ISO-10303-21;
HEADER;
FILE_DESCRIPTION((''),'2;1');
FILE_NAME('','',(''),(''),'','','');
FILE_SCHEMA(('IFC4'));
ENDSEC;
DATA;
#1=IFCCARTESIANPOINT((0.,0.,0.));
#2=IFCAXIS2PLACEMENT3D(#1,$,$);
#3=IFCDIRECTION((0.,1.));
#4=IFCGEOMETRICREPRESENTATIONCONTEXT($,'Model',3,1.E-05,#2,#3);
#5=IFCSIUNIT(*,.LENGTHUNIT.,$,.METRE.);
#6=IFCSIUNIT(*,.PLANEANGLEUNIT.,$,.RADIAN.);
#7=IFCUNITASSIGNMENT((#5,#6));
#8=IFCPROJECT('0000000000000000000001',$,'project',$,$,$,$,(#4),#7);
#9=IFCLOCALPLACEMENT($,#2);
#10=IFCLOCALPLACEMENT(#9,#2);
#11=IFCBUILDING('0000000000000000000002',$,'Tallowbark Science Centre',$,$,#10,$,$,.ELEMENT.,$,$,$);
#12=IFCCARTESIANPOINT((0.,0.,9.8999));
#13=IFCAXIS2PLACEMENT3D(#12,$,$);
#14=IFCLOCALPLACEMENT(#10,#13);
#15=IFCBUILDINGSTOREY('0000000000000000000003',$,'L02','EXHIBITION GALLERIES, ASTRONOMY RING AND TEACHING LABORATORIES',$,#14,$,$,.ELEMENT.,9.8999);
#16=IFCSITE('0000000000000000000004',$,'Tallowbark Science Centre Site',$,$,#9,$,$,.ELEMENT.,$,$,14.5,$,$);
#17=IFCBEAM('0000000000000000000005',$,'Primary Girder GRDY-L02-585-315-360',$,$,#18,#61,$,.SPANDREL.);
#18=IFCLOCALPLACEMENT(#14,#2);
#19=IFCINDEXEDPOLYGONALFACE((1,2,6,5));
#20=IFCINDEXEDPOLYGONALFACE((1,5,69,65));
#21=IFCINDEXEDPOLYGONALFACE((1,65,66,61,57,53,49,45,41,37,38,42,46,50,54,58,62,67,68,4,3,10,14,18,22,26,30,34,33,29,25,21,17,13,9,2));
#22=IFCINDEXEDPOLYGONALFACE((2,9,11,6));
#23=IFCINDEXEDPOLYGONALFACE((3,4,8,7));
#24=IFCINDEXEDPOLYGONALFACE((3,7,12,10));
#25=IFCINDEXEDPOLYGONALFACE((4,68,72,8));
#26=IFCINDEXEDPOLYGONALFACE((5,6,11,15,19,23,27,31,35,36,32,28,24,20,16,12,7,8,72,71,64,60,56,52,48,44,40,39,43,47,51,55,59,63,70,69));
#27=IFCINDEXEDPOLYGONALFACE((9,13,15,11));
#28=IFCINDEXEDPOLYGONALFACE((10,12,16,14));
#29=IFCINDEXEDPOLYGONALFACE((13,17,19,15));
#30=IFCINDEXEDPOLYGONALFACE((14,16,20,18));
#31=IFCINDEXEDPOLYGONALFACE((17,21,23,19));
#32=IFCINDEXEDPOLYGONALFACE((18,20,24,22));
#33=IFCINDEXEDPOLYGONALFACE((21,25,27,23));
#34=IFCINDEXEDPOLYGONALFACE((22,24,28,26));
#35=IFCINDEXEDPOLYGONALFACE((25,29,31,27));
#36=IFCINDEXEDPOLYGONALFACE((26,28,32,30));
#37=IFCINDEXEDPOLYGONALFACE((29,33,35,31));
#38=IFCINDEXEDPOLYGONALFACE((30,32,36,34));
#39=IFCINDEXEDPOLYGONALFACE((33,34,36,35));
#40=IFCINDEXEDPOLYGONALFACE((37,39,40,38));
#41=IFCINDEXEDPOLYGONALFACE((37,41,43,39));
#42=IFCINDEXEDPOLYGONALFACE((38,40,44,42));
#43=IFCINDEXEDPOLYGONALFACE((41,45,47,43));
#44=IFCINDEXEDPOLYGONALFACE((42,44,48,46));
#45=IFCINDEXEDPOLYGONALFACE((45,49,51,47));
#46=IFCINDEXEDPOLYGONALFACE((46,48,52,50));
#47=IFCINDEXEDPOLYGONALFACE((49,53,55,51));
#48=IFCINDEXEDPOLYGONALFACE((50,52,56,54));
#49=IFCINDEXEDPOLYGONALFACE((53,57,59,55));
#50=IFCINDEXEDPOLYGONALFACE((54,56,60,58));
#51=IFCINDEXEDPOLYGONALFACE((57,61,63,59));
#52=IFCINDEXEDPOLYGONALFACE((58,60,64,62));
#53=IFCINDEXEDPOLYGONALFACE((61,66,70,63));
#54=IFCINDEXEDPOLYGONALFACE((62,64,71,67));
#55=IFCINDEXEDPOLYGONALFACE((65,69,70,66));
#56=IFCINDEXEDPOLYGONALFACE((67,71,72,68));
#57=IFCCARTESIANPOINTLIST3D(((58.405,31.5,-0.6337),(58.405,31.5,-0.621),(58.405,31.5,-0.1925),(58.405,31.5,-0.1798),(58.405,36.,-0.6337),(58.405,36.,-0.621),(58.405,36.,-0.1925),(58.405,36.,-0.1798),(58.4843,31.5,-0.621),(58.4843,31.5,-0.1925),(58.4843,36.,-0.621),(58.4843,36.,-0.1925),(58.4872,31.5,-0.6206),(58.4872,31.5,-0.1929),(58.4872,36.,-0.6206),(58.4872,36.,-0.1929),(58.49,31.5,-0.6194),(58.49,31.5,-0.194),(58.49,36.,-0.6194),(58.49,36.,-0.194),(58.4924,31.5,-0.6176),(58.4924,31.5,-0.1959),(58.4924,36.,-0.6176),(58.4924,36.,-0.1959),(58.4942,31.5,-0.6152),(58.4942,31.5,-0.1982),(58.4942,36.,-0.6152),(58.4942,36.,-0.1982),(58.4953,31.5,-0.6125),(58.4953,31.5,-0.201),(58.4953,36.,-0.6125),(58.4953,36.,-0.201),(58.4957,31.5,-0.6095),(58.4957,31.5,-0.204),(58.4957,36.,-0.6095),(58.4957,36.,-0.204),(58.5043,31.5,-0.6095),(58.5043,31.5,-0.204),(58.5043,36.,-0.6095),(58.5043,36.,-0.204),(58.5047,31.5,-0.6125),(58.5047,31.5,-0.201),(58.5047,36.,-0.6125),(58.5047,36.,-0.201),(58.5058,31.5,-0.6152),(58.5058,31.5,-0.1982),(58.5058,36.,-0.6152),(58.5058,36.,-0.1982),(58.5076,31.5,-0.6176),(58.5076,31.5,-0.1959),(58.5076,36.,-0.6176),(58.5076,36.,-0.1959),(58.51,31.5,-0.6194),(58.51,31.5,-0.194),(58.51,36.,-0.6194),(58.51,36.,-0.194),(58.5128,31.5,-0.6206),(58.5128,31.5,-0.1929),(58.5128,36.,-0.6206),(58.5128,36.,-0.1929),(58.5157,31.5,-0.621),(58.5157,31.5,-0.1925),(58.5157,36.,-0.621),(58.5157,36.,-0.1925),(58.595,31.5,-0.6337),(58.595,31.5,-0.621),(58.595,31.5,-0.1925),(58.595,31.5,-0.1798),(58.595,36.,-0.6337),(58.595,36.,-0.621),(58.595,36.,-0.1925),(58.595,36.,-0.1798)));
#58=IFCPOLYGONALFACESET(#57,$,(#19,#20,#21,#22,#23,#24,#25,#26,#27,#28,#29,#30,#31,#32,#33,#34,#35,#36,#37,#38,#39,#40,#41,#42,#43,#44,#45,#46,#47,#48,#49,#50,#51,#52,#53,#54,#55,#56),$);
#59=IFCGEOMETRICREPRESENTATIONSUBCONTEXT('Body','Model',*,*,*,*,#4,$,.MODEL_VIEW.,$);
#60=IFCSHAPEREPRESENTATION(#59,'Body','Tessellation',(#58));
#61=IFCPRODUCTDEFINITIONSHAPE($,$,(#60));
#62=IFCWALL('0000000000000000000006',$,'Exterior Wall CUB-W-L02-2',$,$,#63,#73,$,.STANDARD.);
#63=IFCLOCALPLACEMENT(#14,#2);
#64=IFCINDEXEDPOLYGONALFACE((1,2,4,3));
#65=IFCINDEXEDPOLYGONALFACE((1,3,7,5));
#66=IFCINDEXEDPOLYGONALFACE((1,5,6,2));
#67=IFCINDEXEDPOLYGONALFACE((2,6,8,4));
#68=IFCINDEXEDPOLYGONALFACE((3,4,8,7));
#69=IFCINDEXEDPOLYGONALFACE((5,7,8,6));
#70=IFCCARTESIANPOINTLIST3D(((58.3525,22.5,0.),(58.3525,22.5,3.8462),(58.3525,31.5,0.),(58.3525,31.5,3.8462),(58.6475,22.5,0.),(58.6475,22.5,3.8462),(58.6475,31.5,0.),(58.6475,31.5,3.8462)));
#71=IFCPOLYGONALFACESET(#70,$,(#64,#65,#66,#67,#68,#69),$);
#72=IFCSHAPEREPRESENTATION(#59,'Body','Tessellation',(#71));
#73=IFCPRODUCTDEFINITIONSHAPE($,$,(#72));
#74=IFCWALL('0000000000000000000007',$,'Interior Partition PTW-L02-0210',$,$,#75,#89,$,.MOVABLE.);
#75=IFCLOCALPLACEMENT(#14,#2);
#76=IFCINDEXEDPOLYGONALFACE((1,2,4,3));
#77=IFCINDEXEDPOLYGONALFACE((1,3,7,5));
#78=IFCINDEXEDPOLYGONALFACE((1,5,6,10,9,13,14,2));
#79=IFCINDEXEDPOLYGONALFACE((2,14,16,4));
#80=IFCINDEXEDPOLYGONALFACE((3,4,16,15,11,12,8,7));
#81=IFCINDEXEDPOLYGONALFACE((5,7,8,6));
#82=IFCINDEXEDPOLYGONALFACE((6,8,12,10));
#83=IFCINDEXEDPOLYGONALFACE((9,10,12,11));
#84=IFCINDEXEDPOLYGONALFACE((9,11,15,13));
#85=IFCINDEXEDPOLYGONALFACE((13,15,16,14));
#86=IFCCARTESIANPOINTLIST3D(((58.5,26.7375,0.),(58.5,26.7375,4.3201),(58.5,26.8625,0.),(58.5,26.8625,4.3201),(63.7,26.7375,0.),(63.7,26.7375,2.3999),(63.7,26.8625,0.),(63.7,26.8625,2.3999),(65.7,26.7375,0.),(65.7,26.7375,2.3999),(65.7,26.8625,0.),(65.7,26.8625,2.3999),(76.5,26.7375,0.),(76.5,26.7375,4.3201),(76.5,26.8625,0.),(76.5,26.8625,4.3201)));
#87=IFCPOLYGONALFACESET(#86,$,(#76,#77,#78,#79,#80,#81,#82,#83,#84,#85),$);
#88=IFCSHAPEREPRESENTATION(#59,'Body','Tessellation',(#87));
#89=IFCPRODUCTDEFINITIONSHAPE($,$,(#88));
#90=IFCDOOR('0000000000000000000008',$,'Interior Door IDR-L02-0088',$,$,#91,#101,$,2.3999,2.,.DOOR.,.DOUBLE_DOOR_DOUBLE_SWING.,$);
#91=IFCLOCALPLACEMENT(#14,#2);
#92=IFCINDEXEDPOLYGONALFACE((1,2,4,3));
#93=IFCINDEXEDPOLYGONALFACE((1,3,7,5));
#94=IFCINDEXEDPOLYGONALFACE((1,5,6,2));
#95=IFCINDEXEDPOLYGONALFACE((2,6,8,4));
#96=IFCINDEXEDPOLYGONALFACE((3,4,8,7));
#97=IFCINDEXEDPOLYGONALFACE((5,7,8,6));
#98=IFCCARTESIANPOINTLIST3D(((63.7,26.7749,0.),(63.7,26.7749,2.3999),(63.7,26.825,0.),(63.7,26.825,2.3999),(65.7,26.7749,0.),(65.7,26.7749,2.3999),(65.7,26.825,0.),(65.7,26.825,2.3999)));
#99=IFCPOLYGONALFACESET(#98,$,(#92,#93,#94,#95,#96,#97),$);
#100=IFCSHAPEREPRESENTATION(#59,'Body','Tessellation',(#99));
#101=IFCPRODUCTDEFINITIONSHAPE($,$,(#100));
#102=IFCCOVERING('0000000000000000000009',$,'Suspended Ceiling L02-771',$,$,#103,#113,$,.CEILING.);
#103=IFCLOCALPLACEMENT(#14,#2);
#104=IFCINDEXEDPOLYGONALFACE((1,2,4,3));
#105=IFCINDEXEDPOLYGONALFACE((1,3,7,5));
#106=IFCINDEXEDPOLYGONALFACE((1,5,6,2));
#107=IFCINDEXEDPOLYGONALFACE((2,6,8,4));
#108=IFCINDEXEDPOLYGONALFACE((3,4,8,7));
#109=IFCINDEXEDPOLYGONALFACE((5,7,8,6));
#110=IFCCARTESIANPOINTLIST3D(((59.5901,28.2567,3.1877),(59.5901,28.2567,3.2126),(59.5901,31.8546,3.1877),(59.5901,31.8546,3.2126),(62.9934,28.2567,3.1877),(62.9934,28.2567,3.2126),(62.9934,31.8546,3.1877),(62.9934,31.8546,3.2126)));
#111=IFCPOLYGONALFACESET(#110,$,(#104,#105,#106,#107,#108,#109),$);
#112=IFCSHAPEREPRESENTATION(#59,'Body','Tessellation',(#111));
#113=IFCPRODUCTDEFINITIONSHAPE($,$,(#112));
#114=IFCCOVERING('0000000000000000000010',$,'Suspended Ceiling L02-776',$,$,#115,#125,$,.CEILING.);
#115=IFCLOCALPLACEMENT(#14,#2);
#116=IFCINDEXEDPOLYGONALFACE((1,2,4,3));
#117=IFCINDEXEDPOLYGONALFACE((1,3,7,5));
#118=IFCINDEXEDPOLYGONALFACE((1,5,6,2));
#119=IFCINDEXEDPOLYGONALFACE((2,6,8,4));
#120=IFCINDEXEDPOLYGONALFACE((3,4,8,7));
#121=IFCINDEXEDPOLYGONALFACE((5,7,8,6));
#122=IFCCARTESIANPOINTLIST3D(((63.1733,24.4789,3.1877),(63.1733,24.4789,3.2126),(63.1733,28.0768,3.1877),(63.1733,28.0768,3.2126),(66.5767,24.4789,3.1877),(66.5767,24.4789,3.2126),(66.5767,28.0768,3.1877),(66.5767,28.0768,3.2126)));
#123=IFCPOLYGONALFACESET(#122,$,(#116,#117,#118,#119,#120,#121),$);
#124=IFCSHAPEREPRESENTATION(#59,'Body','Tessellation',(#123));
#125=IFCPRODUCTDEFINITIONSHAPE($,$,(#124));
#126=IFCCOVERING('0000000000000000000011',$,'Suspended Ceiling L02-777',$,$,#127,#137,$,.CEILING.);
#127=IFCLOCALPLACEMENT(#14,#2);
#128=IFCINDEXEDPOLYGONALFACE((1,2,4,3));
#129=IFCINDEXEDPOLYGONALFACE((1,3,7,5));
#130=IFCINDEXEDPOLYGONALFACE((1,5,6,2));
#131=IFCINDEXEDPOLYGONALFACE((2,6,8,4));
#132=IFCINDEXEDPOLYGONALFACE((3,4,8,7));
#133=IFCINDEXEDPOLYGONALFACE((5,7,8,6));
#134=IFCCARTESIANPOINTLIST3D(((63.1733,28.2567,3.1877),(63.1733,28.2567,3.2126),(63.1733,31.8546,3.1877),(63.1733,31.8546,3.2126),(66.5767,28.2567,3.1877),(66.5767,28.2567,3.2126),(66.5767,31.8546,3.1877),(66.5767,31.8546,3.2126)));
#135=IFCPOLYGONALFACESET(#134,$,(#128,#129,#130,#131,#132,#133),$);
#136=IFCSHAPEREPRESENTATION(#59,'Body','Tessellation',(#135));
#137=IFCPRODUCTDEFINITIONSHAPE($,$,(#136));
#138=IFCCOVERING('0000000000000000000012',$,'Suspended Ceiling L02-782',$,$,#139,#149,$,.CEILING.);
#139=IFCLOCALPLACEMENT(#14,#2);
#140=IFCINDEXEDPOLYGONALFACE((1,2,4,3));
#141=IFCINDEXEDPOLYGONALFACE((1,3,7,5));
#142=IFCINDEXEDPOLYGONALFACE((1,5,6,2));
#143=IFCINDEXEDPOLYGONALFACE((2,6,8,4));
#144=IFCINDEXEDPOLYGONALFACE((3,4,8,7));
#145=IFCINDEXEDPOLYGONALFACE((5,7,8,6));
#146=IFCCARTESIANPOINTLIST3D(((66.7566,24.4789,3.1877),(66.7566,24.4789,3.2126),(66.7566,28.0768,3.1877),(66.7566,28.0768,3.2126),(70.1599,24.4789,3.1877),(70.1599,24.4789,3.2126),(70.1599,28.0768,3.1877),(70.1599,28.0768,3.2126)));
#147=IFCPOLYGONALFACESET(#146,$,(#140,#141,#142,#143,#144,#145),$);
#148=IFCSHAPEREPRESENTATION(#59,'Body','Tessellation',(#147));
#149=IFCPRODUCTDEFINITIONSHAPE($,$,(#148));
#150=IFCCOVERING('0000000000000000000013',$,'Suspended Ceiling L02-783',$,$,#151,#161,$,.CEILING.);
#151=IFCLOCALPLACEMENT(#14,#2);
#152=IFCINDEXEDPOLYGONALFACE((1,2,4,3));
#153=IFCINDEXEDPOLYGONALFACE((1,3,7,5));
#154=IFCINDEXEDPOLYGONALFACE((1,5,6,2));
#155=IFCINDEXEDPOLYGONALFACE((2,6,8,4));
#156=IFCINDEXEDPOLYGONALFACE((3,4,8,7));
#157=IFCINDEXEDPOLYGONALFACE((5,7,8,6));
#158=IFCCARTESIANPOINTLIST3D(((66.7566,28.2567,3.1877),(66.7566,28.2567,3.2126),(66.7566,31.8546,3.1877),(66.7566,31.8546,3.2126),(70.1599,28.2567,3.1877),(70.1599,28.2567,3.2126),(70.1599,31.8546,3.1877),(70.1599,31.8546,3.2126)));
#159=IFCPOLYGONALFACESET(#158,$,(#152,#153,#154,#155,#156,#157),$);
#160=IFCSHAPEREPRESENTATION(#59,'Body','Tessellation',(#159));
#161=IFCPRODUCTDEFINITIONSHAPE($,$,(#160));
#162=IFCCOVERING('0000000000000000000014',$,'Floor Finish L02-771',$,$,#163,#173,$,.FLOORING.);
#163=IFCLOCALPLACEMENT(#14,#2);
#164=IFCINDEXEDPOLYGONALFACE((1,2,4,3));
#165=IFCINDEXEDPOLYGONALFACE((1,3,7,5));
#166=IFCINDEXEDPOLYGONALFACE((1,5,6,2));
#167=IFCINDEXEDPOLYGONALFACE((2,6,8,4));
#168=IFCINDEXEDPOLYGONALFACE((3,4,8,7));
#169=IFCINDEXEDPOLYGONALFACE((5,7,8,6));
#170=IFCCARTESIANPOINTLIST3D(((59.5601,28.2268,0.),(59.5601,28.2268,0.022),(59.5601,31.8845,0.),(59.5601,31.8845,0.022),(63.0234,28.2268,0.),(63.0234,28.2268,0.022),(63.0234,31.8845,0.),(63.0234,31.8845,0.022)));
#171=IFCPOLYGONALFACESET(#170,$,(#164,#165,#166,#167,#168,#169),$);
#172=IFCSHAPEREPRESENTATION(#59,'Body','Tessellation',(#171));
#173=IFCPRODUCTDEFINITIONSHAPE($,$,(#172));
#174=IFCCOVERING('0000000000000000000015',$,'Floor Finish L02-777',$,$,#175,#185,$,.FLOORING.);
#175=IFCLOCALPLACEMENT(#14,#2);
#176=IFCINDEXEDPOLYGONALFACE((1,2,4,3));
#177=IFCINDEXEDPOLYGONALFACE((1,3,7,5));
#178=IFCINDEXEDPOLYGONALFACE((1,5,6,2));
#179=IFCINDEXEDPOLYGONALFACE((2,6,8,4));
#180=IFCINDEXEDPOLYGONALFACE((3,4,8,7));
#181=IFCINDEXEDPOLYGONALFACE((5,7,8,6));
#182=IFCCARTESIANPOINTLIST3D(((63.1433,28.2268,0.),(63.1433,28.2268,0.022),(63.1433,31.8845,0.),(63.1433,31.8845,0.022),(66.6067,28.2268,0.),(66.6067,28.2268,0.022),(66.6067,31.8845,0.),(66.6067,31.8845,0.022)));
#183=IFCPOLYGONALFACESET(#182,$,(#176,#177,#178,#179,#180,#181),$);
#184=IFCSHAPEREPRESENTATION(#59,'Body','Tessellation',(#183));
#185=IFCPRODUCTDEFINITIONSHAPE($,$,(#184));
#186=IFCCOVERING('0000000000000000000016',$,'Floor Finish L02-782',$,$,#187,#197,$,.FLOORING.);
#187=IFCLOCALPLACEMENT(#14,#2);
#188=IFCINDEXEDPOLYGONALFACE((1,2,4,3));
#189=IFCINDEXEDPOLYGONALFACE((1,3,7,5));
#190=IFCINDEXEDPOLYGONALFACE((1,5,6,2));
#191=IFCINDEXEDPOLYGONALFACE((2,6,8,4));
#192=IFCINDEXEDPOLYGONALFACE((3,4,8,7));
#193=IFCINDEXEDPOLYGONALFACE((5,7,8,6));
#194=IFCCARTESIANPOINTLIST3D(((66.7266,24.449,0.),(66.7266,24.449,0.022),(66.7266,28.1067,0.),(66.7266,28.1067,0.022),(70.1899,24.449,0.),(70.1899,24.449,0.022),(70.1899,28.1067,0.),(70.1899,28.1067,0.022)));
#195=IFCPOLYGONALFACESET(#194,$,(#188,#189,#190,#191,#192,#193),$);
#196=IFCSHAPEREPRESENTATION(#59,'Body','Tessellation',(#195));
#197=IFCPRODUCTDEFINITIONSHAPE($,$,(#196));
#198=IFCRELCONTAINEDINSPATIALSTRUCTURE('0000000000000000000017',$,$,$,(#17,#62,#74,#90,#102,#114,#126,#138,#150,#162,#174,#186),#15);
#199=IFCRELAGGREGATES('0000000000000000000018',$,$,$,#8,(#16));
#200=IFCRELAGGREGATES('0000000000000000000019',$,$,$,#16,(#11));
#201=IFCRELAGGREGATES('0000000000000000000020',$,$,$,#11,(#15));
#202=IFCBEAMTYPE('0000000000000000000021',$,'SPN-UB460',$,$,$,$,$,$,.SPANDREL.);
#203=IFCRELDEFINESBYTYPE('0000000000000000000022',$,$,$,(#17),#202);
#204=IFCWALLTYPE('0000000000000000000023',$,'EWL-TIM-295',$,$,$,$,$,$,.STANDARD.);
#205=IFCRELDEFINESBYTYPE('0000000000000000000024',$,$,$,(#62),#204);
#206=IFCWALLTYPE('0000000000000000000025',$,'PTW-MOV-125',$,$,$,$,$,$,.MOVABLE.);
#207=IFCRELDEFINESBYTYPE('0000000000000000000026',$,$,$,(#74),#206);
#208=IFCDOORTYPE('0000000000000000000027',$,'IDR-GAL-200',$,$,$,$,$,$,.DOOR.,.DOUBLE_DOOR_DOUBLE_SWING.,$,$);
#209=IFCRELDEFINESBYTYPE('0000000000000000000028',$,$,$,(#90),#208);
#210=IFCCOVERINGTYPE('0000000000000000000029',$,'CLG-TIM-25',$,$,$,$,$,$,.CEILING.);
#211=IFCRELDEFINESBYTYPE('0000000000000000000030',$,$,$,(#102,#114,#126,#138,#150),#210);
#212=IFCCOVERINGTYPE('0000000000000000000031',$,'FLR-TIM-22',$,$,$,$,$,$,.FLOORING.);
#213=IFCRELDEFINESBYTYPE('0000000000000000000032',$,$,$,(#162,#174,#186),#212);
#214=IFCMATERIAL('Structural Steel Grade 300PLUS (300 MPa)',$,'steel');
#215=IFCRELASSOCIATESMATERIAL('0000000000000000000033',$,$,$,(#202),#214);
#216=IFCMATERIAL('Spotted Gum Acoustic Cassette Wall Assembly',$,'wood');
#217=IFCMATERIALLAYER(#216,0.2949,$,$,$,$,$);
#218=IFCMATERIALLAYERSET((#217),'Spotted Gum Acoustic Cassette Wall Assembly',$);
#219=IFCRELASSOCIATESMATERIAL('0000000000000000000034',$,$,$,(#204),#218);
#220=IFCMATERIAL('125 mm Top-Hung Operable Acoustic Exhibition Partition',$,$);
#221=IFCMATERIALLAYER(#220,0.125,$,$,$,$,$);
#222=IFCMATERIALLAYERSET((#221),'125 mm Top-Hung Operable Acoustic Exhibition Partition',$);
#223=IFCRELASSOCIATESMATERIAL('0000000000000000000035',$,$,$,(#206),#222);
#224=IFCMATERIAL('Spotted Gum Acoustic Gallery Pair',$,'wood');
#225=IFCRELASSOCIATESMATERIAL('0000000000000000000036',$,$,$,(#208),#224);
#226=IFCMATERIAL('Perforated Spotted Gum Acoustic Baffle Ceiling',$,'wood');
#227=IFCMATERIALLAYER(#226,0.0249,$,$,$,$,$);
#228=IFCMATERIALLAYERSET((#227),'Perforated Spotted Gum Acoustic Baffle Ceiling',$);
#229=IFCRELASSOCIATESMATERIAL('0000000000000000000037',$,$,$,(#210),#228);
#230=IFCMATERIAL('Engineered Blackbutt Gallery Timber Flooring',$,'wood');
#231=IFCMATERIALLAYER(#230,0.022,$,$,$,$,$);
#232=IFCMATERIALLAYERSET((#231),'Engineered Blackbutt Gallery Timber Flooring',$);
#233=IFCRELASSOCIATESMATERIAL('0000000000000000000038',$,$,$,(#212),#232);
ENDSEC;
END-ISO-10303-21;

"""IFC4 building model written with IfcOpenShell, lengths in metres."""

from ifc_helpers import new_model, si_unit, direction, frame, frame_2d, origin, origin_2d, place, context, subcontext, project, spatial, rectangle, i_section, extrude, material, layer, layer_set, material_profile, profile_set, type_object, element, fill, save


model = new_model("IFC4")

# Units and contexts
model_context = context("Model", 3, precision=1e-05, world=origin(), true_north=direction((0.0, 1.0)))
body_context = subcontext(model_context, "Body", "Model", "MODEL_VIEW")
ifc_project = project(units=[si_unit("LENGTHUNIT", "METRE"), si_unit("PLANEANGLEUNIT", "RADIAN")], contexts=[model_context])

# Site, building, storey
site_placement = place(None, origin())
site = spatial("IfcSite", under=ifc_project, at=site_placement, Name="Tallowbark Science Centre Site", CompositionType="ELEMENT", RefElevation=14.5)
building_placement = place(site_placement, origin())
building = spatial("IfcBuilding", under=site, at=building_placement, Name="Tallowbark Science Centre", CompositionType="ELEMENT")
storey_placement = place(building_placement, frame((0.0, 0.0, 9.8999)))
storey = spatial("IfcBuildingStorey", under=building, at=storey_placement, Name="L02", Description="EXHIBITION GALLERIES, ASTRONOMY RING AND TEACHING LABORATORIES", CompositionType="ELEMENT", Elevation=9.8999)

# Shared definitions
ifc_material_1 = material(Name="Structural Steel Grade 300PLUS (300 MPa)", Category="steel")

# Beam
ifc_material_profile_1 = material_profile(ifc_material_1, i_section(OverallWidth=0.1899, OverallDepth=0.4539, WebThickness=0.0085, FlangeThickness=0.0127, FilletRadius=0.0115, at=origin_2d()), Name="460UB67.1")
ifc_profile_set_1 = profile_set([ifc_material_profile_1], Name="Structural Steel Grade 300PLUS (300 MPa)")
beam_type_1 = type_object("IfcBeamType", Name="SPN-UB460", PredefinedType="SPANDREL", material=ifc_profile_set_1)
for number, where, z_axis, x_axis, name in (
    (1, (58.5, 31.5, -0.4067), (0.0, 1.0, 0.0), (-1.0, 0.0, 0.0), "Primary Girder GRDY-L02-585-315-360"),
):
    element("IfcBeam", number, at=place(storey_placement, frame(where, z_axis=z_axis, x_axis=x_axis)), inside=storey, type_object=beam_type_1, Name=name, PredefinedType="SPANDREL", context=body_context, shape_type="SweptSolid", body=[
        extrude(i_section(OverallWidth=0.1899, OverallDepth=0.4539, WebThickness=0.0085, FlangeThickness=0.0127, FilletRadius=0.0115, at=origin_2d()), origin(), (0.0, 0.0, 1.0), 4.5),
    ])

# Wall
ifc_material_2 = material(Name="Spotted Gum Acoustic Cassette Wall Assembly", Category="wood")
ifc_layer_1 = layer(ifc_material_2, 0.2949)
ifc_layer_set_1 = layer_set([ifc_layer_1], Name="Spotted Gum Acoustic Cassette Wall Assembly")
wall_type_1 = type_object("IfcWallType", Name="EWL-TIM-295", PredefinedType="STANDARD", material=ifc_layer_set_1)
wall_1_placement = place(storey_placement, frame((58.5, 31.5, 0.0), z_axis=(0.0, 0.0, 1.0), x_axis=(0.0, -1.0, 0.0)))
element("IfcWall", 2, at=wall_1_placement, inside=storey, type_object=wall_type_1, Name="Exterior Wall CUB-W-L02-2", PredefinedType="STANDARD", context=body_context, shape_type="SweptSolid", body=[
    extrude(rectangle(XDim=9.0, YDim=0.2949, at=frame_2d((4.5, 0.0))), origin(), (0.0, 0.0, 1.0), 3.8462),
])

# Wall, opening, door
ifc_material_3 = material(Name="125 mm Top-Hung Operable Acoustic Exhibition Partition")
ifc_layer_2 = layer(ifc_material_3, 0.125)
ifc_layer_set_2 = layer_set([ifc_layer_2], Name="125 mm Top-Hung Operable Acoustic Exhibition Partition")
wall_type_2 = type_object("IfcWallType", Name="PTW-MOV-125", PredefinedType="MOVABLE", material=ifc_layer_set_2)
wall_2_placement = place(storey_placement, frame((58.5, 26.8, 0.0), z_axis=(0.0, 0.0, 1.0), x_axis=(1.0, 0.0, 0.0)))
wall_2 = element("IfcWall", 3, at=wall_2_placement, inside=storey, type_object=wall_type_2, Name="Interior Partition PTW-L02-0210", PredefinedType="MOVABLE", context=body_context, shape_type="SweptSolid", body=[
    extrude(rectangle(XDim=18.0, YDim=0.125, at=frame_2d((9.0, 0.0))), origin(), (0.0, 0.0, 1.0), 4.3201),
])
opening_placement = place(wall_2_placement, frame((5.2, 0.0, 0.0)))
opening = element("IfcOpeningElement", 4, at=opening_placement, cuts=wall_2, PredefinedType="OPENING", context=body_context, shape_type="SweptSolid", body=[
    extrude(rectangle(XDim=2.0, YDim=2.3999, at=frame_2d((1.0, 1.2))), frame((0.0, 0.0725, 0.0), z_axis=(0.0, -1.0, 0.0), x_axis=(1.0, 0.0, 0.0)), (0.0, 0.0, 1.0), 0.145),
])
ifc_material_4 = material(Name="Spotted Gum Acoustic Gallery Pair", Category="wood")
door_type = type_object("IfcDoorType", Name="IDR-GAL-200", OperationType="DOUBLE_DOOR_DOUBLE_SWING", PredefinedType="DOOR", material=ifc_material_4)
door_placement = place(opening_placement, origin())
door = element("IfcDoor", 5, at=door_placement, inside=storey, type_object=door_type, Name="Interior Door IDR-L02-0088", OperationType="DOUBLE_DOOR_DOUBLE_SWING", OverallHeight=2.3999, OverallWidth=2.0, PredefinedType="DOOR", context=body_context, shape_type="SweptSolid", body=[
    extrude(rectangle(XDim=2.0, YDim=2.3999, at=frame_2d((1.0, 1.2))), frame((0.0, 0.0249, 0.0), z_axis=(0.0, -1.0, 0.0), x_axis=(1.0, 0.0, 0.0)), (0.0, 0.0, 1.0), 0.05),
])
fill(opening, door)

# Coverings
ifc_material_5 = material(Name="Perforated Spotted Gum Acoustic Baffle Ceiling", Category="wood")
ifc_layer_3 = layer(ifc_material_5, 0.0249)
ifc_layer_set_3 = layer_set([ifc_layer_3], Name="Perforated Spotted Gum Acoustic Baffle Ceiling")
covering_type_1 = type_object("IfcCoveringType", Name="CLG-TIM-25", PredefinedType="CEILING", material=ifc_layer_set_3)
for number, where, z_axis, x_axis, name in (
    (6, (61.2917, 30.0557, 3.1877), (0.0, 0.0, 1.0), (1.0, 0.0, 0.0), "Suspended Ceiling L02-771"),
    (7, (64.875, 26.2778, 3.1877), (0.0, 0.0, 1.0), (1.0, 0.0, 0.0), "Suspended Ceiling L02-776"),
    (8, (64.875, 30.0557, 3.1877), (0.0, 0.0, 1.0), (1.0, 0.0, 0.0), "Suspended Ceiling L02-777"),
    (9, (68.4583, 26.2778, 3.1877), (0.0, 0.0, 1.0), (1.0, 0.0, 0.0), "Suspended Ceiling L02-782"),
    (10, (68.4583, 30.0557, 3.1877), (0.0, 0.0, 1.0), (1.0, 0.0, 0.0), "Suspended Ceiling L02-783"),
):
    element("IfcCovering", number, at=place(storey_placement, frame(where, z_axis=z_axis, x_axis=x_axis)), inside=storey, type_object=covering_type_1, Name=name, PredefinedType="CEILING", context=body_context, shape_type="SweptSolid", body=[
        extrude(rectangle(XDim=3.4033, YDim=3.5979, at=origin_2d()), origin(), (0.0, 0.0, 1.0), 0.0249),
    ])
ifc_material_6 = material(Name="Engineered Blackbutt Gallery Timber Flooring", Category="wood")
ifc_layer_4 = layer(ifc_material_6, 0.022)
ifc_layer_set_4 = layer_set([ifc_layer_4], Name="Engineered Blackbutt Gallery Timber Flooring")
covering_type_2 = type_object("IfcCoveringType", Name="FLR-TIM-22", PredefinedType="FLOORING", material=ifc_layer_set_4)
for number, where, z_axis, x_axis, name in (
    (11, (61.2917, 30.0557, 0.0), (0.0, 0.0, 1.0), (1.0, 0.0, 0.0), "Floor Finish L02-771"),
    (12, (64.875, 30.0557, 0.0), (0.0, 0.0, 1.0), (1.0, 0.0, 0.0), "Floor Finish L02-777"),
    (13, (68.4583, 26.2778, 0.0), (0.0, 0.0, 1.0), (1.0, 0.0, 0.0), "Floor Finish L02-782"),
):
    element("IfcCovering", number, at=place(storey_placement, frame(where, z_axis=z_axis, x_axis=x_axis)), inside=storey, type_object=covering_type_2, Name=name, PredefinedType="FLOORING", context=body_context, shape_type="SweptSolid", body=[
        extrude(rectangle(XDim=3.4634, YDim=3.6577, at=origin_2d()), origin(), (0.0, 0.0, 1.0), 0.022),
    ])

save(model, "model.ifc")
